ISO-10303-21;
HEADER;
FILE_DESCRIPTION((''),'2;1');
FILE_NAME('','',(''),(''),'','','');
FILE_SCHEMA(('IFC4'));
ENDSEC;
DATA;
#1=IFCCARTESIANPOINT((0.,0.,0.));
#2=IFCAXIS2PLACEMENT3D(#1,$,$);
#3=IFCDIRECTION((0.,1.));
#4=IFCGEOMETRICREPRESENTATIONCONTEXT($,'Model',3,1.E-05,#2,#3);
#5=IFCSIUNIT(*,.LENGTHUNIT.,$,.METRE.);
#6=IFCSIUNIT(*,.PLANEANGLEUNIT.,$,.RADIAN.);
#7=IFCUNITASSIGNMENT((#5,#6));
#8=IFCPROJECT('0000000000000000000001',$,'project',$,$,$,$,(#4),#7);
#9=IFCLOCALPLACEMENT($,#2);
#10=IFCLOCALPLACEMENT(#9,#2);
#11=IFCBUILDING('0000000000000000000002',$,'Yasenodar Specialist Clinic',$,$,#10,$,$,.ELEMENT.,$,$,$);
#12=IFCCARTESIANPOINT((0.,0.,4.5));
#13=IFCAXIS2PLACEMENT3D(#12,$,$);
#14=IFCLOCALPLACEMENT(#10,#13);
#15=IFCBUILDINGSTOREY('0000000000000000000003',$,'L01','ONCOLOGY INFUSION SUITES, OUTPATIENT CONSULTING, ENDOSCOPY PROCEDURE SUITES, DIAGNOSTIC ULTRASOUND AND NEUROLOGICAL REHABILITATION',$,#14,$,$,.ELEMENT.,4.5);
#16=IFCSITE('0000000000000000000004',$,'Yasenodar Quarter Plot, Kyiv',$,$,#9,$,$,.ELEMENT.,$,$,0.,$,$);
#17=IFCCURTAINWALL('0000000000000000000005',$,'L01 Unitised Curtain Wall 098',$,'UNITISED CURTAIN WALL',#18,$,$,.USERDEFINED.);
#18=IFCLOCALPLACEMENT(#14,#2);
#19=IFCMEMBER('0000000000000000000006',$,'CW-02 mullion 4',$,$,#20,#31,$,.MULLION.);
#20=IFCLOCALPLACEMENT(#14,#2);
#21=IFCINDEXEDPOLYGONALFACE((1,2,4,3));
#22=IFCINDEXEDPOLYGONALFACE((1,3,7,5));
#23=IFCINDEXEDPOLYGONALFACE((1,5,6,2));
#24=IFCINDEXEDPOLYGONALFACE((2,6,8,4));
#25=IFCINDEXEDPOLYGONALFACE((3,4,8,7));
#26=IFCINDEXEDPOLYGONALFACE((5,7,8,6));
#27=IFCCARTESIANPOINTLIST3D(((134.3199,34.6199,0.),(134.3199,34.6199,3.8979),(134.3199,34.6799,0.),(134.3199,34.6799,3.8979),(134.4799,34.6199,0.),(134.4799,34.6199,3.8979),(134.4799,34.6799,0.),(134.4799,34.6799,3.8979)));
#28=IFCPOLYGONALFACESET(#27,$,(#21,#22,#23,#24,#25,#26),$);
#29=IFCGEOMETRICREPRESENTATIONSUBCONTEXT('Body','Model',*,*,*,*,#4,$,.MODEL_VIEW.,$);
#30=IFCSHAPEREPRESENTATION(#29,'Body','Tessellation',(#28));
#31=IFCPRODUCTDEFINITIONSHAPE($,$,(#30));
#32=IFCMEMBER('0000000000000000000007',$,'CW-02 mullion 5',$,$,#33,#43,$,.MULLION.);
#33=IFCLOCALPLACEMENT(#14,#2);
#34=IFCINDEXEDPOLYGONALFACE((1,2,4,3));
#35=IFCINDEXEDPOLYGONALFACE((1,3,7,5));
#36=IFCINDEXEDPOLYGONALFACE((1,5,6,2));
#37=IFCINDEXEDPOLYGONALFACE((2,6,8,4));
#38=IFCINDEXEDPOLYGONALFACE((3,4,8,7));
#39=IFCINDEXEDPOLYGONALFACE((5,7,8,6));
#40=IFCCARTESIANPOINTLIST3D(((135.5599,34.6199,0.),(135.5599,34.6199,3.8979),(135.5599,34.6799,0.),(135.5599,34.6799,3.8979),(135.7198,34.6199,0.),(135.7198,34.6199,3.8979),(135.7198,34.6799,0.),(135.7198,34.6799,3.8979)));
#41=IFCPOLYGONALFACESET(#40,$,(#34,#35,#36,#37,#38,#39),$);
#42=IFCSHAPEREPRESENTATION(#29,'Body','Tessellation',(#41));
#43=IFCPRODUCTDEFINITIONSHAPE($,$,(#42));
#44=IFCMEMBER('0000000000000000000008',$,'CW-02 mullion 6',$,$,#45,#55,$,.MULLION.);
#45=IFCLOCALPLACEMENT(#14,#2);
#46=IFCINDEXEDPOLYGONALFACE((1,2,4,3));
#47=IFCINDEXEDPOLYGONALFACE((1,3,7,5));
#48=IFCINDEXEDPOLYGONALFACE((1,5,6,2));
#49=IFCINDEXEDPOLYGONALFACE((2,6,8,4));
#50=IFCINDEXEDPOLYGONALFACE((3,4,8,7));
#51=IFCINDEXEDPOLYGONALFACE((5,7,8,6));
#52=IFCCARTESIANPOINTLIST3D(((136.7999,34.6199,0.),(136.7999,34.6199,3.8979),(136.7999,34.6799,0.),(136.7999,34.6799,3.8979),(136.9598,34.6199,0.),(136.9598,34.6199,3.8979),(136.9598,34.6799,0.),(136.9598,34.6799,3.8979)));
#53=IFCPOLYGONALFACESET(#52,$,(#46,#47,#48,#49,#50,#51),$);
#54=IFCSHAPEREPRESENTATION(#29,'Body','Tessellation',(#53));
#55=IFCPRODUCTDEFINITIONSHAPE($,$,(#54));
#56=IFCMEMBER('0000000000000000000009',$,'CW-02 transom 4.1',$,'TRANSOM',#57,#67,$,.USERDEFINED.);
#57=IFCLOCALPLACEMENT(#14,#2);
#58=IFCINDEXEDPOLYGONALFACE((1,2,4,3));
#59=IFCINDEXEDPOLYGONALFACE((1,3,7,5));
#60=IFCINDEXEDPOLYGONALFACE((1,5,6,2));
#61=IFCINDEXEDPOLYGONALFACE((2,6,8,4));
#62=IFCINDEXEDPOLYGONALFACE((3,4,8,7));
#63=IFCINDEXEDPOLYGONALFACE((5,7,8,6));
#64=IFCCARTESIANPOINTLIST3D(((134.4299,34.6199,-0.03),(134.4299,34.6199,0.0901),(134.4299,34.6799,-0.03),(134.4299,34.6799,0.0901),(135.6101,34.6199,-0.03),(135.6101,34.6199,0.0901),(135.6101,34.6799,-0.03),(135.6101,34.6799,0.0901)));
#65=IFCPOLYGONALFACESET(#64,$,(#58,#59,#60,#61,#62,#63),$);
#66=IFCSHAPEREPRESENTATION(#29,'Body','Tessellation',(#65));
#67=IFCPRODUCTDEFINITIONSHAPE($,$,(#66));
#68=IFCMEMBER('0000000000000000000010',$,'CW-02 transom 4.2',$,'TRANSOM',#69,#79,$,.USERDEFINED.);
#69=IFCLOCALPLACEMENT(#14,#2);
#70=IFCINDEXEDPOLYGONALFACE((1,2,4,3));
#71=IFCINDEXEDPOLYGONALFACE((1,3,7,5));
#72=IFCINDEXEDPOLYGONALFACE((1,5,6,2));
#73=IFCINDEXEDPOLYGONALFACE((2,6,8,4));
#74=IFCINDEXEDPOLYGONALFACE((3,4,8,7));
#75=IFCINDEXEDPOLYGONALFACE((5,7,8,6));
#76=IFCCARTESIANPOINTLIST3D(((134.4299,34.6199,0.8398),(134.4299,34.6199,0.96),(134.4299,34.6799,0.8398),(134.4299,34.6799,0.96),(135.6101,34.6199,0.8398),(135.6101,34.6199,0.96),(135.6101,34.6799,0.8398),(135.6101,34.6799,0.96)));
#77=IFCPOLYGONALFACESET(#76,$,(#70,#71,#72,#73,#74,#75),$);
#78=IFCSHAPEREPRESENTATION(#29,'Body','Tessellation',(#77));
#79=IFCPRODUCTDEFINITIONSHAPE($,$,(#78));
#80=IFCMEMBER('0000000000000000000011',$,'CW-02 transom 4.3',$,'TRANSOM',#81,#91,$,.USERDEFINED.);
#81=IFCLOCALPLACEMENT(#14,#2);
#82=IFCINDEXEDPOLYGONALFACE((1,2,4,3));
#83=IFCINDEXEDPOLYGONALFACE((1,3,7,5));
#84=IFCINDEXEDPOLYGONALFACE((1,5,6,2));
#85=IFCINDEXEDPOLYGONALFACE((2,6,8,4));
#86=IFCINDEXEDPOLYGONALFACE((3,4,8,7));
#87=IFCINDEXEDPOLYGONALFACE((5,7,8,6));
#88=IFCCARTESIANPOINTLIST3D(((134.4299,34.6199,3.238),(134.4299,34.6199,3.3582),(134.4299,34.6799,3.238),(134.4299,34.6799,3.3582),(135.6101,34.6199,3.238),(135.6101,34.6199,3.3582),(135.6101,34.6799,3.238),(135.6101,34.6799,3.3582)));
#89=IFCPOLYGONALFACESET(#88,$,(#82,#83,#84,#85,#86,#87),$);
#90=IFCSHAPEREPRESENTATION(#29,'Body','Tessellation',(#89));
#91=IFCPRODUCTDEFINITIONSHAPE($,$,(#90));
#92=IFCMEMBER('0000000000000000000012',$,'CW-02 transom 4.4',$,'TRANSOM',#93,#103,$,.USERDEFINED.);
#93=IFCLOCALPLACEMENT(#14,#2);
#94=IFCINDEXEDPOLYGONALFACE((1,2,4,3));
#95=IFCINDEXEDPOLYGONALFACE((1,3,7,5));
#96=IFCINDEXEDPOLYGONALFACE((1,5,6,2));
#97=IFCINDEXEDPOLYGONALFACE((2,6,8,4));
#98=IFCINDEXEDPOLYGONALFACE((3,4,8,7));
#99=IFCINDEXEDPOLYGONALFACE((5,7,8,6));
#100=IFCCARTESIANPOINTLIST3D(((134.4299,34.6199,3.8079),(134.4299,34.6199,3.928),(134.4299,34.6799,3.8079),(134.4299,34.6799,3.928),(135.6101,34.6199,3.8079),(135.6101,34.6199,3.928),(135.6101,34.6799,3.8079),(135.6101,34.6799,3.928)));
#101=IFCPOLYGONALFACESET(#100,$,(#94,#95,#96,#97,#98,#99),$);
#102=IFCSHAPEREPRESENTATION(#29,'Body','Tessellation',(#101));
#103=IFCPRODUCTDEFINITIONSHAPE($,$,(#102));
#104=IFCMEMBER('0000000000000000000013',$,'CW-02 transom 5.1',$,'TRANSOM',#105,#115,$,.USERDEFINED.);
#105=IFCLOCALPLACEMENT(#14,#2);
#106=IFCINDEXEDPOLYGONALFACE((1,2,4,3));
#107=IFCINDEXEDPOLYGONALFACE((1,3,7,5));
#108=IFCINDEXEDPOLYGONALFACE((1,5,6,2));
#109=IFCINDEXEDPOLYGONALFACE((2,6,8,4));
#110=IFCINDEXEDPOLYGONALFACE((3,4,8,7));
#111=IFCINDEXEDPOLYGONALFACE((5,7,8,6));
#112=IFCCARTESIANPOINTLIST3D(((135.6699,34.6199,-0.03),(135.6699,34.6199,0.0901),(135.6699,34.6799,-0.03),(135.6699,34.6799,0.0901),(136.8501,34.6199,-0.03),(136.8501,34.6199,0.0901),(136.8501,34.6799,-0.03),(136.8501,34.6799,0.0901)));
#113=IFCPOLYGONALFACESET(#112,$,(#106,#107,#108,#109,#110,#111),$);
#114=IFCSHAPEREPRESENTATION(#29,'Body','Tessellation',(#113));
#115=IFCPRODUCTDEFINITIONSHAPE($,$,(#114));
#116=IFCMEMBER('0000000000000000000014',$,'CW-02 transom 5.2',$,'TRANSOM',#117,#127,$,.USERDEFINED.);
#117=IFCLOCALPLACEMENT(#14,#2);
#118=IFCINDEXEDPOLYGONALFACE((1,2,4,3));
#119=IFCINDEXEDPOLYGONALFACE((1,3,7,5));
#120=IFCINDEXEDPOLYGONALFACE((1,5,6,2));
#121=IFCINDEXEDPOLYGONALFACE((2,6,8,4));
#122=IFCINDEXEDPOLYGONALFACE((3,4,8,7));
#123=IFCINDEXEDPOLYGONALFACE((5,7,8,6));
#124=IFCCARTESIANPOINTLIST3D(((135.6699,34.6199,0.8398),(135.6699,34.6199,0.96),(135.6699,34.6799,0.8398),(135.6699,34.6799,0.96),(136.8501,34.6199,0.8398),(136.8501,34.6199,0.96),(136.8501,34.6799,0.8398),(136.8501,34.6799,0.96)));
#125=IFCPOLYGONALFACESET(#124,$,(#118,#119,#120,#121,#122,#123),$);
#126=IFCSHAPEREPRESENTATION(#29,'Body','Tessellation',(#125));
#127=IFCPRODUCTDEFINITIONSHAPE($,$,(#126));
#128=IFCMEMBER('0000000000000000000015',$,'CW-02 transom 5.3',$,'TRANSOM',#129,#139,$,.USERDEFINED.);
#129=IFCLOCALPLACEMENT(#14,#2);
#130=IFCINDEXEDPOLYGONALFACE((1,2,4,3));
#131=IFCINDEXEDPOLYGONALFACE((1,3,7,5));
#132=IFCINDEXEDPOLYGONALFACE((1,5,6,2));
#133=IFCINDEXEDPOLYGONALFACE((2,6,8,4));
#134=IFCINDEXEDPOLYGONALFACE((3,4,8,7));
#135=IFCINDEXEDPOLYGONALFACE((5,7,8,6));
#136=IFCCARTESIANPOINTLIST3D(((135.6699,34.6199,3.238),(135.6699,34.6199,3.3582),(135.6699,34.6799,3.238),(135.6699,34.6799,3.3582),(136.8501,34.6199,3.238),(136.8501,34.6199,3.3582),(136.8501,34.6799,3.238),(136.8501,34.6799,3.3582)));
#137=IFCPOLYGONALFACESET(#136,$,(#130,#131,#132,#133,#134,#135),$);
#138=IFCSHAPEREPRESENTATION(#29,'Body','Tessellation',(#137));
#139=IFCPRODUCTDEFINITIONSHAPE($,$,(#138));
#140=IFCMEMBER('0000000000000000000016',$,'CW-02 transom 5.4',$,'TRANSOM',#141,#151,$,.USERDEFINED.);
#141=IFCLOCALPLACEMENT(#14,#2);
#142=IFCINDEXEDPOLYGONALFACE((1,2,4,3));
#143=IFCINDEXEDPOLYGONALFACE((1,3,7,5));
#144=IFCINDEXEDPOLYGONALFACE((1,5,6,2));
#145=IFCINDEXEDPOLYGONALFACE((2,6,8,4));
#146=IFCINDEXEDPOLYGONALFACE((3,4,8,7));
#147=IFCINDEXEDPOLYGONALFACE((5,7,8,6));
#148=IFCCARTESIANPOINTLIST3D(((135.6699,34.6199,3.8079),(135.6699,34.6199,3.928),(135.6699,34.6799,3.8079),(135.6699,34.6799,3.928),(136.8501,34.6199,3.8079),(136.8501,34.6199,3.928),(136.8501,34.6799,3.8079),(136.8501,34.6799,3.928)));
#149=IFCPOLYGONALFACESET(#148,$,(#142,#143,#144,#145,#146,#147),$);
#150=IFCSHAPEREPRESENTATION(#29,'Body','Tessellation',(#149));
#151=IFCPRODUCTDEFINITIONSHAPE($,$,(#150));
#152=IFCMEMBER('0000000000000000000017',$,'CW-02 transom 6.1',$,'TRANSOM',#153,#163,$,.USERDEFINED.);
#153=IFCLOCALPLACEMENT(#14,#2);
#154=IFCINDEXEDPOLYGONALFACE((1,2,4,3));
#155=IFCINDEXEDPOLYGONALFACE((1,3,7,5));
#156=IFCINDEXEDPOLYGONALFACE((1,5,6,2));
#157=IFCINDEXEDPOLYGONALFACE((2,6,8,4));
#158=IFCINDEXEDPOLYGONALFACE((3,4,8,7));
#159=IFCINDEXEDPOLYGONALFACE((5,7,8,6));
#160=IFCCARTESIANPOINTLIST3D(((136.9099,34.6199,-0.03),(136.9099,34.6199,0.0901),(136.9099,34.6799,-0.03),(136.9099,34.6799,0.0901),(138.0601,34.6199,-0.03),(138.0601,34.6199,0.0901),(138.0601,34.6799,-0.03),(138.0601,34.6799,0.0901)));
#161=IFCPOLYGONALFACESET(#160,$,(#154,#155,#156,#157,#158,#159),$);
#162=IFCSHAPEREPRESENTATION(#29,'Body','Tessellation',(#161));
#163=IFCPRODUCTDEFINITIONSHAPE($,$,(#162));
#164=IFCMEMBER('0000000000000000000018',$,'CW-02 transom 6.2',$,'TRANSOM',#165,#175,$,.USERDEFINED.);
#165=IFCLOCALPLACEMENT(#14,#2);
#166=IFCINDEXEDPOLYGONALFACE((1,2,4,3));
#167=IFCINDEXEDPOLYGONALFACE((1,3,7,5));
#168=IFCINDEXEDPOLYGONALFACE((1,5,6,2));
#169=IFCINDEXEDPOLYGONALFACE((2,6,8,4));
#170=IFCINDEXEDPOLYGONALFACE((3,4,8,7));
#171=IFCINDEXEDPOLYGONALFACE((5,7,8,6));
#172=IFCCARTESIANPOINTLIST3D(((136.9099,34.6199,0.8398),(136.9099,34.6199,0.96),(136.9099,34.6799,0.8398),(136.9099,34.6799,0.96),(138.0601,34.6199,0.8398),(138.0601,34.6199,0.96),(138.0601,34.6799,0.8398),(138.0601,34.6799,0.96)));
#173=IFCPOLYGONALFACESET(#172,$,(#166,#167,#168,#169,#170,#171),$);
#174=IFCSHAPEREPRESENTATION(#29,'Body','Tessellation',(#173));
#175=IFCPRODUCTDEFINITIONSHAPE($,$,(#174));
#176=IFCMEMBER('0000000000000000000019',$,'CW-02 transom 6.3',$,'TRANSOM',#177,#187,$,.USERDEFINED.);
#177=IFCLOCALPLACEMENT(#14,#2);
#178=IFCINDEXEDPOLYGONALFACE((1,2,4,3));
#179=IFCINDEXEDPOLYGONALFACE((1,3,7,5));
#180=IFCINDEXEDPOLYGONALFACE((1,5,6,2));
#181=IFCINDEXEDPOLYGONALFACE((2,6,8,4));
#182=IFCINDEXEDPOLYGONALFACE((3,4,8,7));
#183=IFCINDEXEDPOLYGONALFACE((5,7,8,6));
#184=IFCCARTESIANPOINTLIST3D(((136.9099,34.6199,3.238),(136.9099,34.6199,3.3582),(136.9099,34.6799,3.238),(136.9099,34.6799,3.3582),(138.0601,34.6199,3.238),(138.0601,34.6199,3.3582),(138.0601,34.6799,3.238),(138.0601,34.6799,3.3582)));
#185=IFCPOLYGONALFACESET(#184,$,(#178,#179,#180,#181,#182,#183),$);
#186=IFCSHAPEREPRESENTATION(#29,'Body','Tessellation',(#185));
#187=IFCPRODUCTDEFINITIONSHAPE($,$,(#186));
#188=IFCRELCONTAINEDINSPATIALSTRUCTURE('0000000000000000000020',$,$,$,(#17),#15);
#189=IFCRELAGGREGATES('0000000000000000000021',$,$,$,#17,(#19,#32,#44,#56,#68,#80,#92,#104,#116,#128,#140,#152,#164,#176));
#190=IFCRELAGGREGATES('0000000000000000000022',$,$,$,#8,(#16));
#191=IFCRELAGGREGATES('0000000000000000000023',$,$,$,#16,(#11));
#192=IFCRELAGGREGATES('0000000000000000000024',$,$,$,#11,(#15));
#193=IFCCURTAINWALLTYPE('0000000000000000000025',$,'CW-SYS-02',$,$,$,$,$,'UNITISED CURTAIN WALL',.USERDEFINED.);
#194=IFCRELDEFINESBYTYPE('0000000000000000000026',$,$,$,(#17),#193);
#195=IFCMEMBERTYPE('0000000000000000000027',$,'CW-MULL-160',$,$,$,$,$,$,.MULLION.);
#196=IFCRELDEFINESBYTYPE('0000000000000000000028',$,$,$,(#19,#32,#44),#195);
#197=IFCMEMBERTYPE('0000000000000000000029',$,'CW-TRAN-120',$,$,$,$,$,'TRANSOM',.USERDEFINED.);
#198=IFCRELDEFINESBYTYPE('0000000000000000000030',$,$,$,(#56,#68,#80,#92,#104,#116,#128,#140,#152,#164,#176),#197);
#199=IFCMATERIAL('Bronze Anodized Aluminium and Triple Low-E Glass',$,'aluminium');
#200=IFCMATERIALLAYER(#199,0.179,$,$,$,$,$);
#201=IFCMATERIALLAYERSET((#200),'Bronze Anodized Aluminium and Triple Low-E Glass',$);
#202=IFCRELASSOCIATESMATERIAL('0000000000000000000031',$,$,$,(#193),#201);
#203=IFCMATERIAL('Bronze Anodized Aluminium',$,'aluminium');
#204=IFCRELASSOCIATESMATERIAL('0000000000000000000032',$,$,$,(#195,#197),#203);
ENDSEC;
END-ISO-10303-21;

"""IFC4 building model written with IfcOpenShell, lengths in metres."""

from ifc_helpers import new_model, si_unit, direction, frame, origin, origin_2d, place, context, subcontext, project, spatial, rectangle, extrude, material, layer, layer_set, material_profile, profile_set, type_object, element, aggregate, save


model = new_model("IFC4")

# Units and contexts
model_context = context("Model", 3, precision=1e-05, world=origin(), true_north=direction((0.0, 1.0)))
body_context = subcontext(model_context, "Body", "Model", "MODEL_VIEW")
ifc_project = project(units=[si_unit("LENGTHUNIT", "METRE"), si_unit("PLANEANGLEUNIT", "RADIAN")], contexts=[model_context])

# Site, building, storey
site_placement = place(None, origin())
site = spatial("IfcSite", under=ifc_project, at=site_placement, Name="Yasenodar Quarter Plot, Kyiv", CompositionType="ELEMENT", RefElevation=0.0)
building_placement = place(site_placement, origin())
building = spatial("IfcBuilding", under=site, at=building_placement, Name="Yasenodar Specialist Clinic", CompositionType="ELEMENT")
storey_placement = place(building_placement, frame((0.0, 0.0, 4.5)))
storey = spatial("IfcBuildingStorey", under=building, at=storey_placement, Name="L01", Description="ONCOLOGY INFUSION SUITES, OUTPATIENT CONSULTING, ENDOSCOPY PROCEDURE SUITES, DIAGNOSTIC ULTRASOUND AND NEUROLOGICAL REHABILITATION", CompositionType="ELEMENT", Elevation=4.5)

# Curtain wall, members
ifc_material_1 = material(Name="Bronze Anodized Aluminium and Triple Low-E Glass", Category="aluminium")
ifc_layer_1 = layer(ifc_material_1, 0.179)
ifc_layer_set_1 = layer_set([ifc_layer_1], Name="Bronze Anodized Aluminium and Triple Low-E Glass")
curtain_wall_type = type_object("IfcCurtainWallType", Name="CW-SYS-02", ElementType="UNITISED CURTAIN WALL", PredefinedType="USERDEFINED", material=ifc_layer_set_1)
curtain_wall_placement = place(storey_placement, origin())
curtain_wall = element("IfcCurtainWall", 1, at=curtain_wall_placement, inside=storey, type_object=curtain_wall_type, Name="L01 Unitised Curtain Wall 098", ObjectType="UNITISED CURTAIN WALL", PredefinedType="USERDEFINED")
ifc_material_2 = material(Name="Bronze Anodized Aluminium", Category="aluminium")
ifc_material_profile_1 = material_profile(ifc_material_2, rectangle(XDim=0.0601, YDim=0.1599, at=origin_2d()), Name="CW-MULL 60x160")
ifc_profile_set_1 = profile_set([ifc_material_profile_1], Name="Bronze Anodized Aluminium")
member_type_1 = type_object("IfcMemberType", Name="CW-MULL-160", PredefinedType="MULLION", material=ifc_profile_set_1)
member_1_placement = place(storey_placement, frame((134.3999, 34.6499, 0.0), z_axis=(0.0, 0.0, 1.0), x_axis=(0.0, 1.0, 0.0)))
member_1 = element("IfcMember", 2, at=member_1_placement, type_object=member_type_1, Name="CW-02 mullion 4", PredefinedType="MULLION", context=body_context, shape_type="SweptSolid", body=[
    extrude(rectangle(XDim=0.0601, YDim=0.1599, at=origin_2d()), origin(), (0.0, 0.0, 1.0), 3.8979),
])
member_2_placement = place(storey_placement, frame((135.6399, 34.6499, 0.0), z_axis=(0.0, 0.0, 1.0), x_axis=(0.0, 1.0, 0.0)))
member_2 = element("IfcMember", 3, at=member_2_placement, type_object=member_type_1, Name="CW-02 mullion 5", PredefinedType="MULLION", context=body_context, shape_type="SweptSolid", body=[
    extrude(rectangle(XDim=0.0601, YDim=0.1599, at=origin_2d()), origin(), (0.0, 0.0, 1.0), 3.8979),
])
member_3_placement = place(storey_placement, frame((136.8799, 34.6499, 0.0), z_axis=(0.0, 0.0, 1.0), x_axis=(0.0, 1.0, 0.0)))
member_3 = element("IfcMember", 4, at=member_3_placement, type_object=member_type_1, Name="CW-02 mullion 6", PredefinedType="MULLION", context=body_context, shape_type="SweptSolid", body=[
    extrude(rectangle(XDim=0.0601, YDim=0.1599, at=origin_2d()), origin(), (0.0, 0.0, 1.0), 3.8979),
])
ifc_material_profile_2 = material_profile(ifc_material_2, rectangle(XDim=0.0601, YDim=0.1201, at=origin_2d()), Name="CW-TRAN 60x120")
ifc_profile_set_2 = profile_set([ifc_material_profile_2], Name="Bronze Anodized Aluminium")
member_type_2 = type_object("IfcMemberType", Name="CW-TRAN-120", ElementType="TRANSOM", PredefinedType="USERDEFINED", material=ifc_profile_set_2)
member_4_placement = place(storey_placement, frame((134.4299, 34.6499, 0.03), z_axis=(1.0, 0.0, 0.0), x_axis=(0.0, 1.0, 0.0)))
member_4 = element("IfcMember", 5, at=member_4_placement, type_object=member_type_2, Name="CW-02 transom 4.1", ObjectType="TRANSOM", PredefinedType="USERDEFINED", context=body_context, shape_type="SweptSolid", body=[
    extrude(rectangle(XDim=0.0601, YDim=0.1201, at=origin_2d()), origin(), (0.0, 0.0, 1.0), 1.1802),
])
member_5_placement = place(storey_placement, frame((134.4299, 34.6499, 0.8999), z_axis=(1.0, 0.0, 0.0), x_axis=(0.0, 1.0, 0.0)))
member_5 = element("IfcMember", 6, at=member_5_placement, type_object=member_type_2, Name="CW-02 transom 4.2", ObjectType="TRANSOM", PredefinedType="USERDEFINED", context=body_context, shape_type="SweptSolid", body=[
    extrude(rectangle(XDim=0.0601, YDim=0.1201, at=origin_2d()), origin(), (0.0, 0.0, 1.0), 1.1802),
])
member_6_placement = place(storey_placement, frame((134.4299, 34.6499, 3.2981), z_axis=(1.0, 0.0, 0.0), x_axis=(0.0, 1.0, 0.0)))
member_6 = element("IfcMember", 7, at=member_6_placement, type_object=member_type_2, Name="CW-02 transom 4.3", ObjectType="TRANSOM", PredefinedType="USERDEFINED", context=body_context, shape_type="SweptSolid", body=[
    extrude(rectangle(XDim=0.0601, YDim=0.1201, at=origin_2d()), origin(), (0.0, 0.0, 1.0), 1.1802),
])
member_7_placement = place(storey_placement, frame((134.4299, 34.6499, 3.8679), z_axis=(1.0, 0.0, 0.0), x_axis=(0.0, 1.0, 0.0)))
member_7 = element("IfcMember", 8, at=member_7_placement, type_object=member_type_2, Name="CW-02 transom 4.4", ObjectType="TRANSOM", PredefinedType="USERDEFINED", context=body_context, shape_type="SweptSolid", body=[
    extrude(rectangle(XDim=0.0601, YDim=0.1201, at=origin_2d()), origin(), (0.0, 0.0, 1.0), 1.1802),
])
member_8_placement = place(storey_placement, frame((135.6699, 34.6499, 0.03), z_axis=(1.0, 0.0, 0.0), x_axis=(0.0, 1.0, 0.0)))
member_8 = element("IfcMember", 9, at=member_8_placement, type_object=member_type_2, Name="CW-02 transom 5.1", ObjectType="TRANSOM", PredefinedType="USERDEFINED", context=body_context, shape_type="SweptSolid", body=[
    extrude(rectangle(XDim=0.0601, YDim=0.1201, at=origin_2d()), origin(), (0.0, 0.0, 1.0), 1.1802),
])
member_9_placement = place(storey_placement, frame((135.6699, 34.6499, 0.8999), z_axis=(1.0, 0.0, 0.0), x_axis=(0.0, 1.0, 0.0)))
member_9 = element("IfcMember", 10, at=member_9_placement, type_object=member_type_2, Name="CW-02 transom 5.2", ObjectType="TRANSOM", PredefinedType="USERDEFINED", context=body_context, shape_type="SweptSolid", body=[
    extrude(rectangle(XDim=0.0601, YDim=0.1201, at=origin_2d()), origin(), (0.0, 0.0, 1.0), 1.1802),
])
member_10_placement = place(storey_placement, frame((135.6699, 34.6499, 3.2981), z_axis=(1.0, 0.0, 0.0), x_axis=(0.0, 1.0, 0.0)))
member_10 = element("IfcMember", 11, at=member_10_placement, type_object=member_type_2, Name="CW-02 transom 5.3", ObjectType="TRANSOM", PredefinedType="USERDEFINED", context=body_context, shape_type="SweptSolid", body=[
    extrude(rectangle(XDim=0.0601, YDim=0.1201, at=origin_2d()), origin(), (0.0, 0.0, 1.0), 1.1802),
])
member_11_placement = place(storey_placement, frame((135.6699, 34.6499, 3.8679), z_axis=(1.0, 0.0, 0.0), x_axis=(0.0, 1.0, 0.0)))
member_11 = element("IfcMember", 12, at=member_11_placement, type_object=member_type_2, Name="CW-02 transom 5.4", ObjectType="TRANSOM", PredefinedType="USERDEFINED", context=body_context, shape_type="SweptSolid", body=[
    extrude(rectangle(XDim=0.0601, YDim=0.1201, at=origin_2d()), origin(), (0.0, 0.0, 1.0), 1.1802),
])
member_12_placement = place(storey_placement, frame((136.9099, 34.6499, 0.03), z_axis=(1.0, 0.0, 0.0), x_axis=(0.0, 1.0, 0.0)))
member_12 = element("IfcMember", 13, at=member_12_placement, type_object=member_type_2, Name="CW-02 transom 6.1", ObjectType="TRANSOM", PredefinedType="USERDEFINED", context=body_context, shape_type="SweptSolid", body=[
    extrude(rectangle(XDim=0.0601, YDim=0.1201, at=origin_2d()), origin(), (0.0, 0.0, 1.0), 1.1501),
])
member_13_placement = place(storey_placement, frame((136.9099, 34.6499, 0.8999), z_axis=(1.0, 0.0, 0.0), x_axis=(0.0, 1.0, 0.0)))
member_13 = element("IfcMember", 14, at=member_13_placement, type_object=member_type_2, Name="CW-02 transom 6.2", ObjectType="TRANSOM", PredefinedType="USERDEFINED", context=body_context, shape_type="SweptSolid", body=[
    extrude(rectangle(XDim=0.0601, YDim=0.1201, at=origin_2d()), origin(), (0.0, 0.0, 1.0), 1.1501),
])
member_14_placement = place(storey_placement, frame((136.9099, 34.6499, 3.2981), z_axis=(1.0, 0.0, 0.0), x_axis=(0.0, 1.0, 0.0)))
member_14 = element("IfcMember", 15, at=member_14_placement, type_object=member_type_2, Name="CW-02 transom 6.3", ObjectType="TRANSOM", PredefinedType="USERDEFINED", context=body_context, shape_type="SweptSolid", body=[
    extrude(rectangle(XDim=0.0601, YDim=0.1201, at=origin_2d()), origin(), (0.0, 0.0, 1.0), 1.1501),
])
aggregate(curtain_wall, [member_1, member_2, member_3, member_4, member_5, member_6, member_7, member_8, member_9, member_10, member_11, member_12, member_13, member_14])

save(model, "model.ifc")
